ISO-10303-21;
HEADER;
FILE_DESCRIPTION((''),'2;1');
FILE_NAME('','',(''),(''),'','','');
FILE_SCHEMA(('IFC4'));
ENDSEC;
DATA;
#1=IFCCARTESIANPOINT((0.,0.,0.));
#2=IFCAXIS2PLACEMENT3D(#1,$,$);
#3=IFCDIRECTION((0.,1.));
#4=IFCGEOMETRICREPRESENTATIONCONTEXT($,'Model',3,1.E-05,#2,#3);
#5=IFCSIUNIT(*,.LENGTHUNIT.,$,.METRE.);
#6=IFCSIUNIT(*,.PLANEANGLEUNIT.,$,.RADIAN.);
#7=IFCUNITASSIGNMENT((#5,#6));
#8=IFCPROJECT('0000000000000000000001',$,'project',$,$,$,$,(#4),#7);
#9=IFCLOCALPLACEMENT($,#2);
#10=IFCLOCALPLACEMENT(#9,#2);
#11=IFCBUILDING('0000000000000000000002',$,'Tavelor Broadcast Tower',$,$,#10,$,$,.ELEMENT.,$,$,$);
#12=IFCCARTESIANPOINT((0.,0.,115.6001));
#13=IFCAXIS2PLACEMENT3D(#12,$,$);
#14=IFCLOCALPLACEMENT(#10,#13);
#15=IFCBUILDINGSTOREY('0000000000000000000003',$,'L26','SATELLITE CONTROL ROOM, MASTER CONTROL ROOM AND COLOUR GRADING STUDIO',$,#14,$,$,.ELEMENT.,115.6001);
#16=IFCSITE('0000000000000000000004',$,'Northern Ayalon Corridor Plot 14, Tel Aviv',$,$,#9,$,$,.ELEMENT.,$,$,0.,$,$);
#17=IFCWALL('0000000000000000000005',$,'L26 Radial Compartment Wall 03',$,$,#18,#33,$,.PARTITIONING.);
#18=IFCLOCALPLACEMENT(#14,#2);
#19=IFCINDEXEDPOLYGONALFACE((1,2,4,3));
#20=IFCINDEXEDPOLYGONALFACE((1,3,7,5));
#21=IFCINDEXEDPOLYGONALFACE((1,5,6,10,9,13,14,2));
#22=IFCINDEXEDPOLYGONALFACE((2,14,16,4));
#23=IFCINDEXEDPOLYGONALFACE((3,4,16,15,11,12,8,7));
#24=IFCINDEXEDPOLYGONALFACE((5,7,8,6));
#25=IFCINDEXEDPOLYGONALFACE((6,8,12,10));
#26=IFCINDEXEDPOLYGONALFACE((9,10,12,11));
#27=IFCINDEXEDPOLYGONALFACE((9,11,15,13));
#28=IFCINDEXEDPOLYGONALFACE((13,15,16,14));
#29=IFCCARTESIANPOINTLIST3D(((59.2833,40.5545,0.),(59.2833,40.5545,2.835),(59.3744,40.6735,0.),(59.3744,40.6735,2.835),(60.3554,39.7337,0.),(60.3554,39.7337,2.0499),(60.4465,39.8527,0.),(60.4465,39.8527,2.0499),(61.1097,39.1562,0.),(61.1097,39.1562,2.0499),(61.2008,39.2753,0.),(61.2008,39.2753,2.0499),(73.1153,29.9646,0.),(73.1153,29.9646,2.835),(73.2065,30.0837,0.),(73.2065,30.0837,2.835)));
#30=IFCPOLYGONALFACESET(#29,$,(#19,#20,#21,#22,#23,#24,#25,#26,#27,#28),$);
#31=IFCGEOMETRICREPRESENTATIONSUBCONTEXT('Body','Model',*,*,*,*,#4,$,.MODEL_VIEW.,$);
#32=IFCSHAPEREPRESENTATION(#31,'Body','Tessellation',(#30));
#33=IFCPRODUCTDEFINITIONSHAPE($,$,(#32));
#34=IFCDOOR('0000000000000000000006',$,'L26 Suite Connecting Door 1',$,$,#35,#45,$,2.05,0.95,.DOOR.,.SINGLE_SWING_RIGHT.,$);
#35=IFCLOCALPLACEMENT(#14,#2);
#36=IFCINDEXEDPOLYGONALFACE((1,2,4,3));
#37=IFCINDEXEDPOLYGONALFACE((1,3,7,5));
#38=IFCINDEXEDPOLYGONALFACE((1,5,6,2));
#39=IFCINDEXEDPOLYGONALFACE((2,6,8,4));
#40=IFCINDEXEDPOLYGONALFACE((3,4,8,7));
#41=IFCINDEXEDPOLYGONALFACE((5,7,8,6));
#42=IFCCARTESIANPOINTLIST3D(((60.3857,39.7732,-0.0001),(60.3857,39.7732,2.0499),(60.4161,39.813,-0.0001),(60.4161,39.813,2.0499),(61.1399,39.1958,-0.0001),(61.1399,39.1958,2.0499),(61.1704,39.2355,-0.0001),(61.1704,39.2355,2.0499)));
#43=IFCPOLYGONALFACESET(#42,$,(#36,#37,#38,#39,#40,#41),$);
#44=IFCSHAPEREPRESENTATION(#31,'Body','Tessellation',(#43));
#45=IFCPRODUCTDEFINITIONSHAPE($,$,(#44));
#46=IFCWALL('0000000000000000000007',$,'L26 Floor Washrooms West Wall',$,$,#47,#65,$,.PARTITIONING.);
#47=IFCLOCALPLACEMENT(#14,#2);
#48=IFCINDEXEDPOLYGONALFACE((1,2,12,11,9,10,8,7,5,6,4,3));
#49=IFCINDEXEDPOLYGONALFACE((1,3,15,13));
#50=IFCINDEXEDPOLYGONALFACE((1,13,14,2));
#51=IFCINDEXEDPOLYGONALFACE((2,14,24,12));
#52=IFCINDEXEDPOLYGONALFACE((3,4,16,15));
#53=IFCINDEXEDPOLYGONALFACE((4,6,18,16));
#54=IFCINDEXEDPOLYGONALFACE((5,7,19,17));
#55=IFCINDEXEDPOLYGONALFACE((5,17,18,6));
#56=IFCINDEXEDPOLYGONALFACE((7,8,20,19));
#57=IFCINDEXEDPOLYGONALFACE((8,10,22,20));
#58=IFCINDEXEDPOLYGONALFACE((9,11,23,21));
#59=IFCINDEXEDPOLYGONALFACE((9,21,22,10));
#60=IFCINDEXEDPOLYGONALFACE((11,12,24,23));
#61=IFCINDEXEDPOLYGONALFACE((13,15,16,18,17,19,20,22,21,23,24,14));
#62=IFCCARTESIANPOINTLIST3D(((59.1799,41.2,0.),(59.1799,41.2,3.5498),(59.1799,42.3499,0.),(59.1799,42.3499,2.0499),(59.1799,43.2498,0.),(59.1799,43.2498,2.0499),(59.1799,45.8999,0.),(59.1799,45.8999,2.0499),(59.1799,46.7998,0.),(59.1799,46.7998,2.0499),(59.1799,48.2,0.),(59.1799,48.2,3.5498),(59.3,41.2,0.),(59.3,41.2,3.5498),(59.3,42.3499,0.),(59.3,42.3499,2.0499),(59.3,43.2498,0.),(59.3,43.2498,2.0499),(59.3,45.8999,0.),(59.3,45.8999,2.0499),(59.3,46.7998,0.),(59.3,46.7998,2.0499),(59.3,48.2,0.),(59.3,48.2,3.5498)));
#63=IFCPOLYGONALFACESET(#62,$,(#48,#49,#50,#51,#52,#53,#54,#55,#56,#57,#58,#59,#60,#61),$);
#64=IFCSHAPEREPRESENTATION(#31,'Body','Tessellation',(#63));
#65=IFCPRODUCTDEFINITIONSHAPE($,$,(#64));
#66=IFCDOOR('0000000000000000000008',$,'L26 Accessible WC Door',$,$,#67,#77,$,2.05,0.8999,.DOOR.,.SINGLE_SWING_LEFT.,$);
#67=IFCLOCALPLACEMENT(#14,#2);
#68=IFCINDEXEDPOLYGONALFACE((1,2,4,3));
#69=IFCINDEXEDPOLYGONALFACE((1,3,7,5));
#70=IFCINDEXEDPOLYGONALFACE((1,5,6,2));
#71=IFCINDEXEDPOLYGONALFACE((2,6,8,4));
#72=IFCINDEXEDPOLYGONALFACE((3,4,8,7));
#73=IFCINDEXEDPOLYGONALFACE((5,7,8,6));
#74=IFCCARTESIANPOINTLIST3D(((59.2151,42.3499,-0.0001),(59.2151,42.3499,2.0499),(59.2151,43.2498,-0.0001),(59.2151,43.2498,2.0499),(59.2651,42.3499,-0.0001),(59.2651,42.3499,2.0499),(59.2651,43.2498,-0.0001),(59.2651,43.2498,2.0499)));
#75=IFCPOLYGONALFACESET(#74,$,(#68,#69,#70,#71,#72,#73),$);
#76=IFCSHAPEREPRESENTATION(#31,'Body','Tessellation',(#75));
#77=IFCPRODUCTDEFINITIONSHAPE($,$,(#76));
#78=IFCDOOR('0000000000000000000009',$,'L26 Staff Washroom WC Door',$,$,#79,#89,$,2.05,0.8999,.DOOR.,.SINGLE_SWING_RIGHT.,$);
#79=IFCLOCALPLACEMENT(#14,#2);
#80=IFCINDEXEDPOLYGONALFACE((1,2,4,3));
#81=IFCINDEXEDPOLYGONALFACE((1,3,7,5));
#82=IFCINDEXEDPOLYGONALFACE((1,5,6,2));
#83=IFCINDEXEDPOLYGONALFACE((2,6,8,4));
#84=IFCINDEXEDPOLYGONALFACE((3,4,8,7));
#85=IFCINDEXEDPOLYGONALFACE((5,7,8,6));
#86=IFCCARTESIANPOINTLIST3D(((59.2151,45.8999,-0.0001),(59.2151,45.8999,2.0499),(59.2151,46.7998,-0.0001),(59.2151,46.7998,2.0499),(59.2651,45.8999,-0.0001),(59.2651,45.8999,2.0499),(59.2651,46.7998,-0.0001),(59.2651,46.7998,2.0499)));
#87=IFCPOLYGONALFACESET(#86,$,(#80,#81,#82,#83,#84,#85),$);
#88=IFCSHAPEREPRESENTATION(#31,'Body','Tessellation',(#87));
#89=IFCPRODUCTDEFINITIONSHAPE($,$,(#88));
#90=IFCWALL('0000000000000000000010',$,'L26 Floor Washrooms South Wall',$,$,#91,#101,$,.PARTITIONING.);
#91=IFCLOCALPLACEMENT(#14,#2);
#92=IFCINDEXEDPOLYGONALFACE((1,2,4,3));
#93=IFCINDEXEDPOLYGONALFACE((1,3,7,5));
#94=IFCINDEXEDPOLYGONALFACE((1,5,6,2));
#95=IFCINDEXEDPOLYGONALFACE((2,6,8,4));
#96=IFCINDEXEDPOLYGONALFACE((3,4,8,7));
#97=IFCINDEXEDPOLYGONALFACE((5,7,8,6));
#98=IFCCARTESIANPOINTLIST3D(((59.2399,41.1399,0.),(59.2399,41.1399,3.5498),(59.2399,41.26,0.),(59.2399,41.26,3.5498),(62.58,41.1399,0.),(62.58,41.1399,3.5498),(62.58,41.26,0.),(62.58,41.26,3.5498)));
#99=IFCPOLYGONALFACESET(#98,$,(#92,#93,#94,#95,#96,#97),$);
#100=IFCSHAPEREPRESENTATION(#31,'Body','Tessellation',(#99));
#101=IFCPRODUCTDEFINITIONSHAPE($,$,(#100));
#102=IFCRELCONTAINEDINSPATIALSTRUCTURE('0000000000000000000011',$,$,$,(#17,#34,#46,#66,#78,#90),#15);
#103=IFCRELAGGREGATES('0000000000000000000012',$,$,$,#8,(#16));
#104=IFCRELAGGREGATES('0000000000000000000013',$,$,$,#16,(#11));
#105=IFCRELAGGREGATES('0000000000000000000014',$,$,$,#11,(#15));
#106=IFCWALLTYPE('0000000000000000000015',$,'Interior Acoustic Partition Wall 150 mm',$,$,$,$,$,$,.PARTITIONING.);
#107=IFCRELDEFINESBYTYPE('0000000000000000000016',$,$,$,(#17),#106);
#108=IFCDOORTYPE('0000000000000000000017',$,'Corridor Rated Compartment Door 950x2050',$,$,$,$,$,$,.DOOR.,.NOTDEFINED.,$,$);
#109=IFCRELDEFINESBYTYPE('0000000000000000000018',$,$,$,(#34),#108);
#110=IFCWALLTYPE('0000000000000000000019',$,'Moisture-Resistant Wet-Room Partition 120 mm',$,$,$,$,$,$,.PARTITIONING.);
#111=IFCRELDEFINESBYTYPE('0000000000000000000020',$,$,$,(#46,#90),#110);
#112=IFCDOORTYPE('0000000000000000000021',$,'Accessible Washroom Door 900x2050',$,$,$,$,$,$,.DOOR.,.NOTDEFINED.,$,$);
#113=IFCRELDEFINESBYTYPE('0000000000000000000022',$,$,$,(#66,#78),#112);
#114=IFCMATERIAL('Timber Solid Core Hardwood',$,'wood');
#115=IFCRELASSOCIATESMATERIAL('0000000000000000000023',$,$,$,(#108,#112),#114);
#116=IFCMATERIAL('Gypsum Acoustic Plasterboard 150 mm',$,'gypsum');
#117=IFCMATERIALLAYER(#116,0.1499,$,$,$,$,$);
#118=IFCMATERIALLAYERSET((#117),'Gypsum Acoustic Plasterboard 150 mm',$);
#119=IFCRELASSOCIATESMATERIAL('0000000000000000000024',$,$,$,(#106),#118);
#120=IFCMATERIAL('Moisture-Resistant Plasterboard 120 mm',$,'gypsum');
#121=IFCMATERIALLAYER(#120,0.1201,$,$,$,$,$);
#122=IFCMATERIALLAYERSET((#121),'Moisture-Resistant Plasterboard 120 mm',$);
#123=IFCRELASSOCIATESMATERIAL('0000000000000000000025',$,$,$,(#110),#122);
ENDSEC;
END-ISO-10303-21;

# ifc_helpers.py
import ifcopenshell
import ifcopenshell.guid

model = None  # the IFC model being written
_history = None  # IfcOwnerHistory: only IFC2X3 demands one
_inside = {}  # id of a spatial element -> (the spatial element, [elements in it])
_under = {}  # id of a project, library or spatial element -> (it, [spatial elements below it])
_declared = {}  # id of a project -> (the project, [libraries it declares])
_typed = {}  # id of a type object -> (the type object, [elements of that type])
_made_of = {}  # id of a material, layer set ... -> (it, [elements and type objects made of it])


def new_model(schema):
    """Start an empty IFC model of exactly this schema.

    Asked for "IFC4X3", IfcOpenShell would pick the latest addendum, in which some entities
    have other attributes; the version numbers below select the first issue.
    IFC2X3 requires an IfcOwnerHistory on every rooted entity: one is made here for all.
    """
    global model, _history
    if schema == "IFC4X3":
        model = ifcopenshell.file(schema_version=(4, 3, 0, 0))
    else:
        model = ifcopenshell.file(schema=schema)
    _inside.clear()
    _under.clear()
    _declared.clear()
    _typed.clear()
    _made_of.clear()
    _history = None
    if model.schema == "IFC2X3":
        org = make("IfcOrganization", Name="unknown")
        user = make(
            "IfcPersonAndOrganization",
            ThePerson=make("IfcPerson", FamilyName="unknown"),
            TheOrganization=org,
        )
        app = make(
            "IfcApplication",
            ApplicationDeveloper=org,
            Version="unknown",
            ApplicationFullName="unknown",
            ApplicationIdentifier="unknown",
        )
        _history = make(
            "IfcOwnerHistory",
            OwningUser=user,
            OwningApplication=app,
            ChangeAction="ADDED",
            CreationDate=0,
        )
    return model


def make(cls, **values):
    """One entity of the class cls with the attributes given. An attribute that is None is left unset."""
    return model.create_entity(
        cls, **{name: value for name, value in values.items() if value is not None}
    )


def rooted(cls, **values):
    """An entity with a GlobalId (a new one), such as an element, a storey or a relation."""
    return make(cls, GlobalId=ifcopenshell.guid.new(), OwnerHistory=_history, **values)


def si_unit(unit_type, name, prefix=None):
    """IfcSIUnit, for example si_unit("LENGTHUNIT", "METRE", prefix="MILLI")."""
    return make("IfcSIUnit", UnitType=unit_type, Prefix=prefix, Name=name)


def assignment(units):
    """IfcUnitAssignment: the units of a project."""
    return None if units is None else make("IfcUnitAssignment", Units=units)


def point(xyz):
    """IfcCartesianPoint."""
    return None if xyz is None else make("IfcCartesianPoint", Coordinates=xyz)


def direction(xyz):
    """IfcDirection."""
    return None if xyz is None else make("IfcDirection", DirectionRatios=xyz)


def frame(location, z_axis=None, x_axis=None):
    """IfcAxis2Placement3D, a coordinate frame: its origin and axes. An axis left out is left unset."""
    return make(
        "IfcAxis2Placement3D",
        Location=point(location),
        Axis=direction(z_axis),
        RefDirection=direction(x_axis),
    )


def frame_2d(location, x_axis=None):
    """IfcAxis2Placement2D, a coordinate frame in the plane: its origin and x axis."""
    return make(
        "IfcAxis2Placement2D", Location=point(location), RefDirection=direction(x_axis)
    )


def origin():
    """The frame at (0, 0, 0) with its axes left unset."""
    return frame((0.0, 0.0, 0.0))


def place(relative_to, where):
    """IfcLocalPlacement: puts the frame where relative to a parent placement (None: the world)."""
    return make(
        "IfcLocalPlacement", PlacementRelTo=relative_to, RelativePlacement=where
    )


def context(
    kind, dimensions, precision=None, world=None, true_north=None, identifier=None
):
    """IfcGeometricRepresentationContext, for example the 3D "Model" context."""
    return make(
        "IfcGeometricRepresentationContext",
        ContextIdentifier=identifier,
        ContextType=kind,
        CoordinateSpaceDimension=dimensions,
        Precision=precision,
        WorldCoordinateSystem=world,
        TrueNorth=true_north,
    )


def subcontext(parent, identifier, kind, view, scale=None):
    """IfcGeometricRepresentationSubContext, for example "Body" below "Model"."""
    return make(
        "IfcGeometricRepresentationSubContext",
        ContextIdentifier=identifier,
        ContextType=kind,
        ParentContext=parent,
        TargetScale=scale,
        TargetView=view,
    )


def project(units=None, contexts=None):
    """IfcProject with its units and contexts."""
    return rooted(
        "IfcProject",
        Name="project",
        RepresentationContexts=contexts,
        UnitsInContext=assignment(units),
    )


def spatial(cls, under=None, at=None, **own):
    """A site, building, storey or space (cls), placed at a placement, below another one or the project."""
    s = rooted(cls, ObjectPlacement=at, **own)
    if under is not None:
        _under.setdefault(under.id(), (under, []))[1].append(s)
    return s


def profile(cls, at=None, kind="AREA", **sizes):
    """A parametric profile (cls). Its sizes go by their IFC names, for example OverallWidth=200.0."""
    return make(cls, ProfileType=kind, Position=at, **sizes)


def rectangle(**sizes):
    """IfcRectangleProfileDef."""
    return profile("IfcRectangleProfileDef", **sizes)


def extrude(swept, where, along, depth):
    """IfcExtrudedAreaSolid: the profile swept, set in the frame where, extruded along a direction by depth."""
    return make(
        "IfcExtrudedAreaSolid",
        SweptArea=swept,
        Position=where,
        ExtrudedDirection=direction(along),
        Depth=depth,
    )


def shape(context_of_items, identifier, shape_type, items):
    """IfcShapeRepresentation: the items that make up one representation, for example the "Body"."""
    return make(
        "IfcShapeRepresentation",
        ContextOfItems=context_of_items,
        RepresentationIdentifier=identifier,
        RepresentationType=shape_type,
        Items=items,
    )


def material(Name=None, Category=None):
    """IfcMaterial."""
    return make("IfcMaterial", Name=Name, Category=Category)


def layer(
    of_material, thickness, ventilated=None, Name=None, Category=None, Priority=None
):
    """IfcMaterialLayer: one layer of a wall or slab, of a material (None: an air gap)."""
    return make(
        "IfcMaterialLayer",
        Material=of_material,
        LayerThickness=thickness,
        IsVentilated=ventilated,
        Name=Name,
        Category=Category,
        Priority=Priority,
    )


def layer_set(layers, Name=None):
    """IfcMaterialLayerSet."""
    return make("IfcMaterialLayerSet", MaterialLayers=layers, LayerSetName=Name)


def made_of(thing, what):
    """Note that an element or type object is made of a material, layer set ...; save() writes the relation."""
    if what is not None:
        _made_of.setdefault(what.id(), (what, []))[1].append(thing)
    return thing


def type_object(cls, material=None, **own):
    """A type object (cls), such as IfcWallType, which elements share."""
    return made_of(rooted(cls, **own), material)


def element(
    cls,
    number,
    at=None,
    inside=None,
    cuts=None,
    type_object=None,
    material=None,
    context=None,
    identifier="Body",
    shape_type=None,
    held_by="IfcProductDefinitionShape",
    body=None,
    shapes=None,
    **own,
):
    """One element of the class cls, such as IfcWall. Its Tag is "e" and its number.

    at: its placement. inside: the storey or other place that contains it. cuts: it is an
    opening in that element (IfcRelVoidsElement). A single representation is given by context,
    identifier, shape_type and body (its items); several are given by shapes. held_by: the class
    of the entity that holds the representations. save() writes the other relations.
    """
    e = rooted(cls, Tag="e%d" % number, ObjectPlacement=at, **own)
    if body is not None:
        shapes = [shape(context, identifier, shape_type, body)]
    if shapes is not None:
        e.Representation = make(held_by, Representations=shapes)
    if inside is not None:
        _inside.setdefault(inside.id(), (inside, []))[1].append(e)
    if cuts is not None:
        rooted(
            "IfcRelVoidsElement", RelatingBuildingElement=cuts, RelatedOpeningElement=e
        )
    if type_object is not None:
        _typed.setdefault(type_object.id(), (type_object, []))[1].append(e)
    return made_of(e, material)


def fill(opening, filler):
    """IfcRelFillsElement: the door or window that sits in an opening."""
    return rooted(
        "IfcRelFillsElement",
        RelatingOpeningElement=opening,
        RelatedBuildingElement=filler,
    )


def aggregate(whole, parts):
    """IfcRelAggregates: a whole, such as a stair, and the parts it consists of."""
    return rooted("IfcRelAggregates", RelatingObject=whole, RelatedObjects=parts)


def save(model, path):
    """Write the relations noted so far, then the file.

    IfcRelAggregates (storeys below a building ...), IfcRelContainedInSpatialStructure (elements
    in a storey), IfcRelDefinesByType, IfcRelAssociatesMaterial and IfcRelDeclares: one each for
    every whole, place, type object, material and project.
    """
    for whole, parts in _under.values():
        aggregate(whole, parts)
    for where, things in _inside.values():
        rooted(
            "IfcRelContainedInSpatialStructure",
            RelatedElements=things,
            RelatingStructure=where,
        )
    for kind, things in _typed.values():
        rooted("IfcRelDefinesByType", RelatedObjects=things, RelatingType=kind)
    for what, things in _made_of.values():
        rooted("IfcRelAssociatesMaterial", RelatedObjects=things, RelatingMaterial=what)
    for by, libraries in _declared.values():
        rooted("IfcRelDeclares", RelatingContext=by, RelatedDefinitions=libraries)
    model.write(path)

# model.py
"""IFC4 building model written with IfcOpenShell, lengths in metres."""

from ifc_helpers import new_model, si_unit, direction, frame, frame_2d, origin, place, context, subcontext, project, spatial, rectangle, extrude, material, layer, layer_set, type_object, element, fill, save


model = new_model("IFC4")

# Units and contexts
model_context = context("Model", 3, precision=1e-05, world=origin(), true_north=direction((0.0, 1.0)))
body_context = subcontext(model_context, "Body", "Model", "MODEL_VIEW")
ifc_project = project(units=[si_unit("LENGTHUNIT", "METRE"), si_unit("PLANEANGLEUNIT", "RADIAN")], contexts=[model_context])

# Site, building, storey
site_placement = place(None, origin())
site = spatial("IfcSite", under=ifc_project, at=site_placement, Name="Northern Ayalon Corridor Plot 14, Tel Aviv", CompositionType="ELEMENT", RefElevation=0.0)
building_placement = place(site_placement, origin())
building = spatial("IfcBuilding", under=site, at=building_placement, Name="Tavelor Broadcast Tower", CompositionType="ELEMENT")
storey_placement = place(building_placement, frame((0.0, 0.0, 115.6001)))
storey = spatial("IfcBuildingStorey", under=building, at=storey_placement, Name="L26", Description="SATELLITE CONTROL ROOM, MASTER CONTROL ROOM AND COLOUR GRADING STUDIO", CompositionType="ELEMENT", Elevation=115.6001)

# Wall, opening, door
ifc_material_1 = material(Name="Timber Solid Core Hardwood", Category="wood")
door_type_1 = type_object("IfcDoorType", Name="Corridor Rated Compartment Door 950x2050", OperationType="NOTDEFINED", PredefinedType="DOOR", material=ifc_material_1)
ifc_material_2 = material(Name="Gypsum Acoustic Plasterboard 150 mm", Category="gypsum")
ifc_layer_1 = layer(ifc_material_2, 0.1499)
ifc_layer_set_1 = layer_set([ifc_layer_1], Name="Gypsum Acoustic Plasterboard 150 mm")
wall_type_1 = type_object("IfcWallType", Name="Interior Acoustic Partition Wall 150 mm", PredefinedType="PARTITIONING", material=ifc_layer_set_1)
wall_1_placement = place(storey_placement, frame((59.3289, 40.614, 0.0), z_axis=(0.0, 0.0, 1.0), x_axis=(0.794014, -0.607899, 0.0)))
wall_1 = element("IfcWall", 1, at=wall_1_placement, inside=storey, type_object=wall_type_1, Name="L26 Radial Compartment Wall 03", PredefinedType="PARTITIONING", context=body_context, shape_type="SweptSolid", body=[
    extrude(rectangle(XDim=17.4204, YDim=0.1499, at=frame_2d((8.7102, 0.0))), origin(), (0.0, 0.0, 1.0), 2.835),
])
opening_1_placement = place(wall_1_placement, frame((1.3501, 0.0, 0.0)))
opening_1 = element("IfcOpeningElement", 2, at=opening_1_placement, cuts=wall_1, PredefinedType="OPENING", context=body_context, shape_type="SweptSolid", body=[
    extrude(rectangle(XDim=0.95, YDim=2.05, at=frame_2d((0.4751, 1.0249))), frame((0.0, 0.085, 0.0), z_axis=(0.0, -1.0, 0.0), x_axis=(1.0, 0.0, 0.0)), (0.0, 0.0, 1.0), 0.1699),
])
door_1_placement = place(opening_1_placement, origin())
door_1 = element("IfcDoor", 3, at=door_1_placement, inside=storey, type_object=door_type_1, Name="L26 Suite Connecting Door 1", OperationType="SINGLE_SWING_RIGHT", OverallHeight=2.05, OverallWidth=0.95, PredefinedType="DOOR", context=body_context, shape_type="SweptSolid", body=[
    extrude(rectangle(XDim=0.95, YDim=2.05, at=frame_2d((0.4751, 1.0249))), frame((0.0, 0.0249, 0.0), z_axis=(0.0, -1.0, 0.0), x_axis=(1.0, 0.0, 0.0)), (0.0, 0.0, 1.0), 0.05),
])
fill(opening_1, door_1)

# Wall, openings, doors
ifc_material_3 = material(Name="Moisture-Resistant Plasterboard 120 mm", Category="gypsum")
ifc_layer_2 = layer(ifc_material_3, 0.1201)
ifc_layer_set_2 = layer_set([ifc_layer_2], Name="Moisture-Resistant Plasterboard 120 mm")
wall_type_2 = type_object("IfcWallType", Name="Moisture-Resistant Wet-Room Partition 120 mm", PredefinedType="PARTITIONING", material=ifc_layer_set_2)
wall_2_placement = place(storey_placement, frame((59.24, 41.2, 0.0), z_axis=(0.0, 0.0, 1.0), x_axis=(0.0, 1.0, 0.0)))
wall_2 = element("IfcWall", 4, at=wall_2_placement, inside=storey, type_object=wall_type_2, Name="L26 Floor Washrooms West Wall", PredefinedType="PARTITIONING", context=body_context, shape_type="SweptSolid", body=[
    extrude(rectangle(XDim=7.0, YDim=0.1201, at=frame_2d((3.5, 0.0))), origin(), (0.0, 0.0, 1.0), 3.5498),
])
opening_2_placement = place(wall_2_placement, frame((1.1499, 0.0, 0.0)))
opening_2 = element("IfcOpeningElement", 5, at=opening_2_placement, cuts=wall_2, PredefinedType="OPENING", context=body_context, shape_type="SweptSolid", body=[
    extrude(rectangle(XDim=0.8999, YDim=2.05, at=frame_2d((0.45, 1.0249))), frame((0.0, 0.0701, 0.0), z_axis=(0.0, -1.0, 0.0), x_axis=(1.0, 0.0, 0.0)), (0.0, 0.0, 1.0), 0.1401),
])
opening_3_placement = place(wall_2_placement, frame((4.7, 0.0, 0.0)))
opening_3 = element("IfcOpeningElement", 6, at=opening_3_placement, cuts=wall_2, PredefinedType="OPENING", context=body_context, shape_type="SweptSolid", body=[
    extrude(rectangle(XDim=0.8999, YDim=2.05, at=frame_2d((0.45, 1.0249))), frame((0.0, 0.0701, 0.0), z_axis=(0.0, -1.0, 0.0), x_axis=(1.0, 0.0, 0.0)), (0.0, 0.0, 1.0), 0.1401),
])
door_type_2 = type_object("IfcDoorType", Name="Accessible Washroom Door 900x2050", OperationType="NOTDEFINED", PredefinedType="DOOR", material=ifc_material_1)
door_2_placement = place(opening_2_placement, origin())
door_2 = element("IfcDoor", 7, at=door_2_placement, inside=storey, type_object=door_type_2, Name="L26 Accessible WC Door", OperationType="SINGLE_SWING_LEFT", OverallHeight=2.05, OverallWidth=0.8999, PredefinedType="DOOR", context=body_context, shape_type="SweptSolid", body=[
    extrude(rectangle(XDim=0.8999, YDim=2.05, at=frame_2d((0.45, 1.0249))), frame((0.0, 0.0249, 0.0), z_axis=(0.0, -1.0, 0.0), x_axis=(1.0, 0.0, 0.0)), (0.0, 0.0, 1.0), 0.05),
])
fill(opening_2, door_2)
door_3_placement = place(opening_3_placement, origin())
door_3 = element("IfcDoor", 8, at=door_3_placement, inside=storey, type_object=door_type_2, Name="L26 Staff Washroom WC Door", OperationType="SINGLE_SWING_RIGHT", OverallHeight=2.05, OverallWidth=0.8999, PredefinedType="DOOR", context=body_context, shape_type="SweptSolid", body=[
    extrude(rectangle(XDim=0.8999, YDim=2.05, at=frame_2d((0.45, 1.0249))), frame((0.0, 0.0249, 0.0), z_axis=(0.0, -1.0, 0.0), x_axis=(1.0, 0.0, 0.0)), (0.0, 0.0, 1.0), 0.05),
])
fill(opening_3, door_3)

# Wall
wall_3_placement = place(storey_placement, frame((59.24, 41.2, 0.0), z_axis=(0.0, 0.0, 1.0), x_axis=(1.0, 0.0, 0.0)))
element("IfcWall", 9, at=wall_3_placement, inside=storey, type_object=wall_type_2, Name="L26 Floor Washrooms South Wall", PredefinedType="PARTITIONING", context=body_context, shape_type="SweptSolid", body=[
    extrude(rectangle(XDim=3.3401, YDim=0.1201, at=frame_2d((1.6699, 0.0))), origin(), (0.0, 0.0, 1.0), 3.5498),
])

save(model, "model.ifc")
